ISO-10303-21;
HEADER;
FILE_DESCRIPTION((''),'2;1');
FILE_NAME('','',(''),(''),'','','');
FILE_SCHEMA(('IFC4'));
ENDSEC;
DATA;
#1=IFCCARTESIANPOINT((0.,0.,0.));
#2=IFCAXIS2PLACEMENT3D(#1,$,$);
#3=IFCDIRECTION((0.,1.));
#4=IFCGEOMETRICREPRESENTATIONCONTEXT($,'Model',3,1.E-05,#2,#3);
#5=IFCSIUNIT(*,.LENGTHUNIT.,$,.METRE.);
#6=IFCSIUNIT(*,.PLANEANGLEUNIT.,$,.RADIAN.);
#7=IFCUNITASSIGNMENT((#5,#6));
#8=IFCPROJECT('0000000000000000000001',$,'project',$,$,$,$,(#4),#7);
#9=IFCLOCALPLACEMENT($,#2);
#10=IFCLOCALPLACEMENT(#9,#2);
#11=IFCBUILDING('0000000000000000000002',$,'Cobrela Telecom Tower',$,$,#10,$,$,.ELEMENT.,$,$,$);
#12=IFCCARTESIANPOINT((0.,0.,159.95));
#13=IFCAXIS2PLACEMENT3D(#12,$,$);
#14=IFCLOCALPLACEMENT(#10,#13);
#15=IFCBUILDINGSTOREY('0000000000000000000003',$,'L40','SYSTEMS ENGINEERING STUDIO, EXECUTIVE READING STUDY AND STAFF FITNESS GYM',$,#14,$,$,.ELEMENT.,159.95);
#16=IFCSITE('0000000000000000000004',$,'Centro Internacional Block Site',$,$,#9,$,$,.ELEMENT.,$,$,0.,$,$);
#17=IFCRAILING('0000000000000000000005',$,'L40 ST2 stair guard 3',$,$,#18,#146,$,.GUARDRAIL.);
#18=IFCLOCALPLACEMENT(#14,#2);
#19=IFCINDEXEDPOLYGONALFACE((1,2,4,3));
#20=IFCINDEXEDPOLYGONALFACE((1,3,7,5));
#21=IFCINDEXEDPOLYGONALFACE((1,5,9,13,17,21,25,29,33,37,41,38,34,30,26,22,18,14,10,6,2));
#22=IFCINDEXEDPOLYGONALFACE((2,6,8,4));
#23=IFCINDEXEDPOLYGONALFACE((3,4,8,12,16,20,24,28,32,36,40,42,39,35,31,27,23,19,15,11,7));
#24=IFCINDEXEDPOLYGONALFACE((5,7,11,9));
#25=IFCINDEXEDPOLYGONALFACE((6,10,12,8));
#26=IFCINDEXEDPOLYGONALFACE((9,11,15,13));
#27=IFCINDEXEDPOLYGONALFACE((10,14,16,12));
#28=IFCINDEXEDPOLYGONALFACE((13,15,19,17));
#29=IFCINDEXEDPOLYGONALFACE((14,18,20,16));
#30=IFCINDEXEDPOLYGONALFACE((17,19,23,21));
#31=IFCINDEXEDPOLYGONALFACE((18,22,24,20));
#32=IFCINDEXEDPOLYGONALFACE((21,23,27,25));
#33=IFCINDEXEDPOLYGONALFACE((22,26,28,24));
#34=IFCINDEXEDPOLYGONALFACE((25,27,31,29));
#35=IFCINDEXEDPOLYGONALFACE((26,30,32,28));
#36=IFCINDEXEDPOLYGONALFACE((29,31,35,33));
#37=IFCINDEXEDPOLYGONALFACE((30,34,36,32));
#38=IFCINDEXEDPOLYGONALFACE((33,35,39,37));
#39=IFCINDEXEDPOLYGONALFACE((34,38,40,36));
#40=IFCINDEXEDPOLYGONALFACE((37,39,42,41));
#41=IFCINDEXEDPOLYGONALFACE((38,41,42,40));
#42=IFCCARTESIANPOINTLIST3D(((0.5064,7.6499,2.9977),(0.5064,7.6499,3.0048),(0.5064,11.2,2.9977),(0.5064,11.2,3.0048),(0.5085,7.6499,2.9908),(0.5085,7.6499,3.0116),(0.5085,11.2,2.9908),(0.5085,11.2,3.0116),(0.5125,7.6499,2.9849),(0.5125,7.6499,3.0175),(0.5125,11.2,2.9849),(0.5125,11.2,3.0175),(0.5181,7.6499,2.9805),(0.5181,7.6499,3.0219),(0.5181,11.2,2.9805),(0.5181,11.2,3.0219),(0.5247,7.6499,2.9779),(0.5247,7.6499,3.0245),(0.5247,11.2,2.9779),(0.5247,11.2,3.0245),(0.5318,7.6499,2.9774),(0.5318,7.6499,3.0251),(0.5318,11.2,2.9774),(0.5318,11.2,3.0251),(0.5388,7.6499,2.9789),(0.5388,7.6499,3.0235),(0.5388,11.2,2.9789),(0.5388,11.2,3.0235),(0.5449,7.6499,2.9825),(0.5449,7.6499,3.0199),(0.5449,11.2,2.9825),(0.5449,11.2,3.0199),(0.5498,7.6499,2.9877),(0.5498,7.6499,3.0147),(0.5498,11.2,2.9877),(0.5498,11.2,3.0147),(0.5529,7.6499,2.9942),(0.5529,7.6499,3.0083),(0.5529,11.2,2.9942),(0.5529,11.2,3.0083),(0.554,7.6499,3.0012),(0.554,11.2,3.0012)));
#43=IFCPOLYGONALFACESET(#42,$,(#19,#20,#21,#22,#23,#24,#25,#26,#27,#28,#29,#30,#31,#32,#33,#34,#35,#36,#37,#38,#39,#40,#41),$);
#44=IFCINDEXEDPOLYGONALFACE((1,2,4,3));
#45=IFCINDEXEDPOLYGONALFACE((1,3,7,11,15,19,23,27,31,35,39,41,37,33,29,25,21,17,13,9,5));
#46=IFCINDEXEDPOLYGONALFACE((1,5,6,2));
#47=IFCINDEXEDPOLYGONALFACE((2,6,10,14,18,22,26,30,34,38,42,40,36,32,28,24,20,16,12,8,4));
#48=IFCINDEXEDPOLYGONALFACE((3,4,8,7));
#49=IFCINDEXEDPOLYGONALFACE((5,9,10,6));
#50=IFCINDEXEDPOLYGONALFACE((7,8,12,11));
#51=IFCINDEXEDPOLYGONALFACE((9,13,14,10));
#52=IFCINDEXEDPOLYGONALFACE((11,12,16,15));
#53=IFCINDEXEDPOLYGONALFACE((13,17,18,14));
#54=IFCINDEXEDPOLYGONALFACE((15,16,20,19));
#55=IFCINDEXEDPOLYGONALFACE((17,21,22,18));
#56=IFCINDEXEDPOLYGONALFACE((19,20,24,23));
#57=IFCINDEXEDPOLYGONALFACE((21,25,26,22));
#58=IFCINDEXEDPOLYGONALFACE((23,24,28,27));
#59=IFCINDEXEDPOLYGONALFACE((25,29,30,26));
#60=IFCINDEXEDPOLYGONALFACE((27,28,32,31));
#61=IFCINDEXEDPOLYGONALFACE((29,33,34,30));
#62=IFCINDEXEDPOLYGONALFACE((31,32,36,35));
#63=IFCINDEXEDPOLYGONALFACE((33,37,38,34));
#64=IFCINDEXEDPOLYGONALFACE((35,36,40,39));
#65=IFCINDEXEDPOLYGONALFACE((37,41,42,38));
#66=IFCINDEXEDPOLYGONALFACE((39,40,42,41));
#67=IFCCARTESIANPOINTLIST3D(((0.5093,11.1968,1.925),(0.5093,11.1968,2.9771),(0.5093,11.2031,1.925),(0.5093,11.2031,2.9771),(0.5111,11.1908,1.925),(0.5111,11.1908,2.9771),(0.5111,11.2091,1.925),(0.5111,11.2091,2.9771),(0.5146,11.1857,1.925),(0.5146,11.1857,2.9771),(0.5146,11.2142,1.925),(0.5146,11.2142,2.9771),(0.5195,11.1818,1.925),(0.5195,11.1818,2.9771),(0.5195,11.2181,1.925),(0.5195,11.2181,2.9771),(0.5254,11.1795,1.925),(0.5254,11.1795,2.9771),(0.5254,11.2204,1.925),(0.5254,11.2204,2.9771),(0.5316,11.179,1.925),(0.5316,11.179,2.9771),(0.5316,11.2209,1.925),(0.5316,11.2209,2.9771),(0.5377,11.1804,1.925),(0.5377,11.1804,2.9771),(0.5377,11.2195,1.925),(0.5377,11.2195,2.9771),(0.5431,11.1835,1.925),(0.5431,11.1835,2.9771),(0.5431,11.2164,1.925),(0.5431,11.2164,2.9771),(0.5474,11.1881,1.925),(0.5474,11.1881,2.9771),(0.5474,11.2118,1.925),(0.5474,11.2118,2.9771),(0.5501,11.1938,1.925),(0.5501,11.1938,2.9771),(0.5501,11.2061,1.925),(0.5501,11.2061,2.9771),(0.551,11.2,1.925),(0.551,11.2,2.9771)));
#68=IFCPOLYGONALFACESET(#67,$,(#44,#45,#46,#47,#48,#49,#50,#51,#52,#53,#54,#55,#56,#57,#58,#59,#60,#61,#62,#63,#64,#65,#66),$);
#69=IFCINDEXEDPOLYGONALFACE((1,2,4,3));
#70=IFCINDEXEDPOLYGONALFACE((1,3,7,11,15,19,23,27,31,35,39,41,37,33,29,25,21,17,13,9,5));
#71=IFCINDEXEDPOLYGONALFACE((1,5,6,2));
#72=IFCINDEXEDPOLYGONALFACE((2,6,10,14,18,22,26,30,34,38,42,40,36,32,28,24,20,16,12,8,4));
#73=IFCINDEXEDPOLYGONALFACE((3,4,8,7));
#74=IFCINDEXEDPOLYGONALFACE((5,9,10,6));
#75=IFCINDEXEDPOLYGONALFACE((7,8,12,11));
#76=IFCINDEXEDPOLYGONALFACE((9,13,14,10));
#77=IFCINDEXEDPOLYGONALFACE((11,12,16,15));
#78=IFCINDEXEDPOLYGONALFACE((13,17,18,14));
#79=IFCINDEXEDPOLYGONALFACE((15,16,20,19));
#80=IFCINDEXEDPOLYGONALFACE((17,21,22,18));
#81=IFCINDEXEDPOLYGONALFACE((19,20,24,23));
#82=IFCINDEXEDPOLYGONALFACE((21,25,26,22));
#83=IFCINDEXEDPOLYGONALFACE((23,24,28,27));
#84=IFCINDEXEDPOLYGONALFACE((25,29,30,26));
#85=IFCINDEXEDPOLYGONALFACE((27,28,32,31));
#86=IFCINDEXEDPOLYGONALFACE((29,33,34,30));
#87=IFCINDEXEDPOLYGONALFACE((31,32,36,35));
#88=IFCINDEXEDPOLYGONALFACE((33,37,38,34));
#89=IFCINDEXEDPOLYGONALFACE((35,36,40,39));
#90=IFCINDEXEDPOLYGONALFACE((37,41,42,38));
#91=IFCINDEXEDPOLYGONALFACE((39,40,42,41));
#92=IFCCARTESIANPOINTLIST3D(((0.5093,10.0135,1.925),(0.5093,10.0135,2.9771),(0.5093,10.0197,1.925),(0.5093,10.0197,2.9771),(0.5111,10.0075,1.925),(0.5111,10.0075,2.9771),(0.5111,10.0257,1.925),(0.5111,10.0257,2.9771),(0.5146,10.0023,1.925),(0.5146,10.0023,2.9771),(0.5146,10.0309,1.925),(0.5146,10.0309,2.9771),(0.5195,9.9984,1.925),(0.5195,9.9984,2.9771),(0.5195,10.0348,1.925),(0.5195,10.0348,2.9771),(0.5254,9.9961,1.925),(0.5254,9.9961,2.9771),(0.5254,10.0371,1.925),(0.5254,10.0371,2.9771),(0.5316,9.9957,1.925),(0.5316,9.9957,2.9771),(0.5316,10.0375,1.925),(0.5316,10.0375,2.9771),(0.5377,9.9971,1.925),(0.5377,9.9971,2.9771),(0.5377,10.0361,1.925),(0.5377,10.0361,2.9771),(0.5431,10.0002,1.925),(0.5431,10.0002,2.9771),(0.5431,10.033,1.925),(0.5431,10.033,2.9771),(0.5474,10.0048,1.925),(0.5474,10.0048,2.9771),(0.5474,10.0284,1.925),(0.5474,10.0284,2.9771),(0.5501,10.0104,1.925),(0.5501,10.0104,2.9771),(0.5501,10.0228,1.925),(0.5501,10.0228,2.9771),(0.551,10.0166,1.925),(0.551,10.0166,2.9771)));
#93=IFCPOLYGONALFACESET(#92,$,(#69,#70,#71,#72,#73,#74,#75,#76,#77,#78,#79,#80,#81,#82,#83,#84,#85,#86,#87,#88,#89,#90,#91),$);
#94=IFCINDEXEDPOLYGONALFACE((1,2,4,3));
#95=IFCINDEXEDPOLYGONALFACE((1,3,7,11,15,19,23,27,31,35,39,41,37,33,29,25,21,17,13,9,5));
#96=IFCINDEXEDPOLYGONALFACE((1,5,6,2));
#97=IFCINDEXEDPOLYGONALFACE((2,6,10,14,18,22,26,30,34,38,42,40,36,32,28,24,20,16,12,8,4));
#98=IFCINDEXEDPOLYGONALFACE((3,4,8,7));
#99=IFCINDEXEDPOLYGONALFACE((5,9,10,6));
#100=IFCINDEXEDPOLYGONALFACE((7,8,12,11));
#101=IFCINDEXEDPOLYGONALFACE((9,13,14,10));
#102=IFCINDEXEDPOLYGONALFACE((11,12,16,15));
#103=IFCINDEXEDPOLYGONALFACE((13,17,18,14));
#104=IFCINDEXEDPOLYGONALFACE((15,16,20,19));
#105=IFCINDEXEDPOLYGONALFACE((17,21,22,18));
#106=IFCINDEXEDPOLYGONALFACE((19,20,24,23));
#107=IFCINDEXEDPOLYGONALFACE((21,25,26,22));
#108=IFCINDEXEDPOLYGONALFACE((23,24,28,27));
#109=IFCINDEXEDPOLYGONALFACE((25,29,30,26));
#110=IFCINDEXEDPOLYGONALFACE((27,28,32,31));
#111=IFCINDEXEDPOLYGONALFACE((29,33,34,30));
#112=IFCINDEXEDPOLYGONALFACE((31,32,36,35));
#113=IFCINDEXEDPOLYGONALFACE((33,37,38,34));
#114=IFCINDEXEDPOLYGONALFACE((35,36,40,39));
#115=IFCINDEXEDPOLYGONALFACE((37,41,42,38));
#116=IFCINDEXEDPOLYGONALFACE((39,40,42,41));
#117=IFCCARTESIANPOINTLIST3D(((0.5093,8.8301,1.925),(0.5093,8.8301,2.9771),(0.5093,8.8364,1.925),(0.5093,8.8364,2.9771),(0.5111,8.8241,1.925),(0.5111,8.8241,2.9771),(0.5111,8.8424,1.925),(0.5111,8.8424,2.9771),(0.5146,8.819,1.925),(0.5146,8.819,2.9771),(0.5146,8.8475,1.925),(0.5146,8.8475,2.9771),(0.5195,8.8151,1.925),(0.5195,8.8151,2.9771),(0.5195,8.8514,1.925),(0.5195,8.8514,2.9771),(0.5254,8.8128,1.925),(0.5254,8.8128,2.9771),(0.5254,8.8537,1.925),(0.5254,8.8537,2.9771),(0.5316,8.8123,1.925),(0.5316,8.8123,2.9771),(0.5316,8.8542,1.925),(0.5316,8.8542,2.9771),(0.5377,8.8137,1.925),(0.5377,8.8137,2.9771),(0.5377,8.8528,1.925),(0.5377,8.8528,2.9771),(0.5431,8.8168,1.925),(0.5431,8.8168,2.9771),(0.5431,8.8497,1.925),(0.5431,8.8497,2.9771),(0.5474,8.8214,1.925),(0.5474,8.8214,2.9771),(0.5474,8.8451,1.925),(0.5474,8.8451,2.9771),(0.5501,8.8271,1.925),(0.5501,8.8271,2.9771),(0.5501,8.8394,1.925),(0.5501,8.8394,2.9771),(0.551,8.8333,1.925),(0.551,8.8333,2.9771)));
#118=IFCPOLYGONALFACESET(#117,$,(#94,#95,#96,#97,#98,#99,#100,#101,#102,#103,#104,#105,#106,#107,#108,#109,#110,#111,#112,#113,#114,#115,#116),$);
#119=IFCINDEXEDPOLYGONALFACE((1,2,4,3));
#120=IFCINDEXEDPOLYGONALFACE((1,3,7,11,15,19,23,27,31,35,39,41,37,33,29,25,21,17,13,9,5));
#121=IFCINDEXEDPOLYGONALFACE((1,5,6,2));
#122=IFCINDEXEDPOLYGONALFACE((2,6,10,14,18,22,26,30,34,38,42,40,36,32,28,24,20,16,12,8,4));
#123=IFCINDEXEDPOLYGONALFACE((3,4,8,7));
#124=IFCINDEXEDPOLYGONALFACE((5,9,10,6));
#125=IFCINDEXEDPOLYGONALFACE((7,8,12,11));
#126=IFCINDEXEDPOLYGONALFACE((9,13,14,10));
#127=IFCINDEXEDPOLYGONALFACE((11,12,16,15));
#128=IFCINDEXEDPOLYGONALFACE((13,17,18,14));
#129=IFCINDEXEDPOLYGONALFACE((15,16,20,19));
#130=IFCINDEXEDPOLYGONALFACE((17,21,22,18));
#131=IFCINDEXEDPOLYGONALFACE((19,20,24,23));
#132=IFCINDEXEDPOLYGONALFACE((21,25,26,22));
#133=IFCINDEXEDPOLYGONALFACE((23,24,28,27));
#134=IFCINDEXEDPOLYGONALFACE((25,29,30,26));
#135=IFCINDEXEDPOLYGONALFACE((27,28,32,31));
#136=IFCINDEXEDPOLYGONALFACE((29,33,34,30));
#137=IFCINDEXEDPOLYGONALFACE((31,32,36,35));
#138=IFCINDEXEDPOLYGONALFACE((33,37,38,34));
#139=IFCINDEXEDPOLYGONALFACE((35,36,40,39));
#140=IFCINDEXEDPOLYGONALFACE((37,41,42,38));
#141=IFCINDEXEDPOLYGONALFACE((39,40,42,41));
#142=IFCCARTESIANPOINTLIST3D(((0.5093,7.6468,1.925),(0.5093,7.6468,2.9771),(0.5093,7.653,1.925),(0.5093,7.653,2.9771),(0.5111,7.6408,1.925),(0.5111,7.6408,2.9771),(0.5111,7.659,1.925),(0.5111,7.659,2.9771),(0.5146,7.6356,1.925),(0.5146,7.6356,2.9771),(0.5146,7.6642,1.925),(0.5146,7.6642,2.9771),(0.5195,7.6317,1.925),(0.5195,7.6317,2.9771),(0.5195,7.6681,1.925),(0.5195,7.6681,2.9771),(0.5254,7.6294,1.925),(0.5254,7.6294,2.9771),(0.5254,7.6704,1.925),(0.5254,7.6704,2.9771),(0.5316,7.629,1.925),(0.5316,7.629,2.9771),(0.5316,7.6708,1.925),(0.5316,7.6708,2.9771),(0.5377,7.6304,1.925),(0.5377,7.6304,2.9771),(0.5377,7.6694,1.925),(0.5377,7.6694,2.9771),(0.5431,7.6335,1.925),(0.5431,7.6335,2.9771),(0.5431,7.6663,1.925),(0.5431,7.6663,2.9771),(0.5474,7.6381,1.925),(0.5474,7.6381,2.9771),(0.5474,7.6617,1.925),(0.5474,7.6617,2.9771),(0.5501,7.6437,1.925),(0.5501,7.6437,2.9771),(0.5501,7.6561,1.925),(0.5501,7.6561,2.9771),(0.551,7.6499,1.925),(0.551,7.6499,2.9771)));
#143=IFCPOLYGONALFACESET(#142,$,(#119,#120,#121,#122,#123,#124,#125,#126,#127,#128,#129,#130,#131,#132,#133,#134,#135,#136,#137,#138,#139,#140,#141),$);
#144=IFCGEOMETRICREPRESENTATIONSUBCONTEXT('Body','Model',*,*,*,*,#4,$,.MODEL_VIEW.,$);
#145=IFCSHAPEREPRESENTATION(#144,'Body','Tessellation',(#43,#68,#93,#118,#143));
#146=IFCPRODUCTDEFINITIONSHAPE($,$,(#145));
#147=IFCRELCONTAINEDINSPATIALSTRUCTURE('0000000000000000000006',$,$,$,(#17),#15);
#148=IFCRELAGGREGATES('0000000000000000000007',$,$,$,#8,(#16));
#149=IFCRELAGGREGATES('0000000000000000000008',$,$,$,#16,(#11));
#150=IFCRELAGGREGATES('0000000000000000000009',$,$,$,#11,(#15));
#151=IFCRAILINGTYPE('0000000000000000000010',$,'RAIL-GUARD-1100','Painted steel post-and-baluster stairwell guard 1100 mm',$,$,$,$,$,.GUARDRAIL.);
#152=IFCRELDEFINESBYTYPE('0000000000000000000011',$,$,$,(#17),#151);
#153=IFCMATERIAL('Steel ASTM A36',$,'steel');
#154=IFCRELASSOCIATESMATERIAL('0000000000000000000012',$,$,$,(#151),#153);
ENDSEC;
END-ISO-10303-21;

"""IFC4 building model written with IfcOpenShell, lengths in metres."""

from ifc_helpers import new_model, si_unit, direction, frame, origin, origin_2d, place, context, subcontext, project, spatial, circle, extrude, material, type_object, element, save


model = new_model("IFC4")

# Units and contexts
model_context = context("Model", 3, precision=1e-05, world=origin(), true_north=direction((0.0, 1.0)))
body_context = subcontext(model_context, "Body", "Model", "MODEL_VIEW")
ifc_project = project(units=[si_unit("LENGTHUNIT", "METRE"), si_unit("PLANEANGLEUNIT", "RADIAN")], contexts=[model_context])

# Site, building, storey
site_placement = place(None, origin())
site = spatial("IfcSite", under=ifc_project, at=site_placement, Name="Centro Internacional Block Site", CompositionType="ELEMENT", RefElevation=0.0)
building_placement = place(site_placement, origin())
building = spatial("IfcBuilding", under=site, at=building_placement, Name="Cobrela Telecom Tower", CompositionType="ELEMENT")
storey_placement = place(building_placement, frame((0.0, 0.0, 159.95)))
storey = spatial("IfcBuildingStorey", under=building, at=storey_placement, Name="L40", Description="SYSTEMS ENGINEERING STUDIO, EXECUTIVE READING STUDY AND STAFF FITNESS GYM", CompositionType="ELEMENT", Elevation=159.95)

# Shared definitions
ifc_material_1 = material(Name="Steel ASTM A36", Category="steel")

# Railing
railing_type_1 = type_object("IfcRailingType", Name="RAIL-GUARD-1100", Description="Painted steel post-and-baluster stairwell guard 1100 mm", PredefinedType="GUARDRAIL", material=ifc_material_1)
railing_1_placement = place(storey_placement, frame((0.53, 11.2, 1.925)))
element("IfcRailing", 1, at=railing_1_placement, inside=storey, type_object=railing_type_1, Name="L40 ST2 stair guard 3", PredefinedType="GUARDRAIL", context=body_context, shape_type="SweptSolid", body=[
    extrude(circle(Radius=0.0239, at=origin_2d()), frame((0.0, 0.0, 1.0762), z_axis=(0.0, -1.0, 0.0), x_axis=(1.0, 0.0, 0.0)), (0.0, 0.0, 1.0), 3.55),
    extrude(circle(Radius=0.021, at=origin_2d()), origin(), (0.0, 0.0, 1.0), 1.052),
    extrude(circle(Radius=0.021, at=origin_2d()), frame((0.0, -1.1833, 0.0)), (0.0, 0.0, 1.0), 1.052),
    extrude(circle(Radius=0.021, at=origin_2d()), frame((0.0, -2.3667, 0.0)), (0.0, 0.0, 1.0), 1.052),
    extrude(circle(Radius=0.021, at=origin_2d()), frame((0.0, -3.55, 0.0)), (0.0, 0.0, 1.0), 1.052),
])

save(model, "model.ifc")
